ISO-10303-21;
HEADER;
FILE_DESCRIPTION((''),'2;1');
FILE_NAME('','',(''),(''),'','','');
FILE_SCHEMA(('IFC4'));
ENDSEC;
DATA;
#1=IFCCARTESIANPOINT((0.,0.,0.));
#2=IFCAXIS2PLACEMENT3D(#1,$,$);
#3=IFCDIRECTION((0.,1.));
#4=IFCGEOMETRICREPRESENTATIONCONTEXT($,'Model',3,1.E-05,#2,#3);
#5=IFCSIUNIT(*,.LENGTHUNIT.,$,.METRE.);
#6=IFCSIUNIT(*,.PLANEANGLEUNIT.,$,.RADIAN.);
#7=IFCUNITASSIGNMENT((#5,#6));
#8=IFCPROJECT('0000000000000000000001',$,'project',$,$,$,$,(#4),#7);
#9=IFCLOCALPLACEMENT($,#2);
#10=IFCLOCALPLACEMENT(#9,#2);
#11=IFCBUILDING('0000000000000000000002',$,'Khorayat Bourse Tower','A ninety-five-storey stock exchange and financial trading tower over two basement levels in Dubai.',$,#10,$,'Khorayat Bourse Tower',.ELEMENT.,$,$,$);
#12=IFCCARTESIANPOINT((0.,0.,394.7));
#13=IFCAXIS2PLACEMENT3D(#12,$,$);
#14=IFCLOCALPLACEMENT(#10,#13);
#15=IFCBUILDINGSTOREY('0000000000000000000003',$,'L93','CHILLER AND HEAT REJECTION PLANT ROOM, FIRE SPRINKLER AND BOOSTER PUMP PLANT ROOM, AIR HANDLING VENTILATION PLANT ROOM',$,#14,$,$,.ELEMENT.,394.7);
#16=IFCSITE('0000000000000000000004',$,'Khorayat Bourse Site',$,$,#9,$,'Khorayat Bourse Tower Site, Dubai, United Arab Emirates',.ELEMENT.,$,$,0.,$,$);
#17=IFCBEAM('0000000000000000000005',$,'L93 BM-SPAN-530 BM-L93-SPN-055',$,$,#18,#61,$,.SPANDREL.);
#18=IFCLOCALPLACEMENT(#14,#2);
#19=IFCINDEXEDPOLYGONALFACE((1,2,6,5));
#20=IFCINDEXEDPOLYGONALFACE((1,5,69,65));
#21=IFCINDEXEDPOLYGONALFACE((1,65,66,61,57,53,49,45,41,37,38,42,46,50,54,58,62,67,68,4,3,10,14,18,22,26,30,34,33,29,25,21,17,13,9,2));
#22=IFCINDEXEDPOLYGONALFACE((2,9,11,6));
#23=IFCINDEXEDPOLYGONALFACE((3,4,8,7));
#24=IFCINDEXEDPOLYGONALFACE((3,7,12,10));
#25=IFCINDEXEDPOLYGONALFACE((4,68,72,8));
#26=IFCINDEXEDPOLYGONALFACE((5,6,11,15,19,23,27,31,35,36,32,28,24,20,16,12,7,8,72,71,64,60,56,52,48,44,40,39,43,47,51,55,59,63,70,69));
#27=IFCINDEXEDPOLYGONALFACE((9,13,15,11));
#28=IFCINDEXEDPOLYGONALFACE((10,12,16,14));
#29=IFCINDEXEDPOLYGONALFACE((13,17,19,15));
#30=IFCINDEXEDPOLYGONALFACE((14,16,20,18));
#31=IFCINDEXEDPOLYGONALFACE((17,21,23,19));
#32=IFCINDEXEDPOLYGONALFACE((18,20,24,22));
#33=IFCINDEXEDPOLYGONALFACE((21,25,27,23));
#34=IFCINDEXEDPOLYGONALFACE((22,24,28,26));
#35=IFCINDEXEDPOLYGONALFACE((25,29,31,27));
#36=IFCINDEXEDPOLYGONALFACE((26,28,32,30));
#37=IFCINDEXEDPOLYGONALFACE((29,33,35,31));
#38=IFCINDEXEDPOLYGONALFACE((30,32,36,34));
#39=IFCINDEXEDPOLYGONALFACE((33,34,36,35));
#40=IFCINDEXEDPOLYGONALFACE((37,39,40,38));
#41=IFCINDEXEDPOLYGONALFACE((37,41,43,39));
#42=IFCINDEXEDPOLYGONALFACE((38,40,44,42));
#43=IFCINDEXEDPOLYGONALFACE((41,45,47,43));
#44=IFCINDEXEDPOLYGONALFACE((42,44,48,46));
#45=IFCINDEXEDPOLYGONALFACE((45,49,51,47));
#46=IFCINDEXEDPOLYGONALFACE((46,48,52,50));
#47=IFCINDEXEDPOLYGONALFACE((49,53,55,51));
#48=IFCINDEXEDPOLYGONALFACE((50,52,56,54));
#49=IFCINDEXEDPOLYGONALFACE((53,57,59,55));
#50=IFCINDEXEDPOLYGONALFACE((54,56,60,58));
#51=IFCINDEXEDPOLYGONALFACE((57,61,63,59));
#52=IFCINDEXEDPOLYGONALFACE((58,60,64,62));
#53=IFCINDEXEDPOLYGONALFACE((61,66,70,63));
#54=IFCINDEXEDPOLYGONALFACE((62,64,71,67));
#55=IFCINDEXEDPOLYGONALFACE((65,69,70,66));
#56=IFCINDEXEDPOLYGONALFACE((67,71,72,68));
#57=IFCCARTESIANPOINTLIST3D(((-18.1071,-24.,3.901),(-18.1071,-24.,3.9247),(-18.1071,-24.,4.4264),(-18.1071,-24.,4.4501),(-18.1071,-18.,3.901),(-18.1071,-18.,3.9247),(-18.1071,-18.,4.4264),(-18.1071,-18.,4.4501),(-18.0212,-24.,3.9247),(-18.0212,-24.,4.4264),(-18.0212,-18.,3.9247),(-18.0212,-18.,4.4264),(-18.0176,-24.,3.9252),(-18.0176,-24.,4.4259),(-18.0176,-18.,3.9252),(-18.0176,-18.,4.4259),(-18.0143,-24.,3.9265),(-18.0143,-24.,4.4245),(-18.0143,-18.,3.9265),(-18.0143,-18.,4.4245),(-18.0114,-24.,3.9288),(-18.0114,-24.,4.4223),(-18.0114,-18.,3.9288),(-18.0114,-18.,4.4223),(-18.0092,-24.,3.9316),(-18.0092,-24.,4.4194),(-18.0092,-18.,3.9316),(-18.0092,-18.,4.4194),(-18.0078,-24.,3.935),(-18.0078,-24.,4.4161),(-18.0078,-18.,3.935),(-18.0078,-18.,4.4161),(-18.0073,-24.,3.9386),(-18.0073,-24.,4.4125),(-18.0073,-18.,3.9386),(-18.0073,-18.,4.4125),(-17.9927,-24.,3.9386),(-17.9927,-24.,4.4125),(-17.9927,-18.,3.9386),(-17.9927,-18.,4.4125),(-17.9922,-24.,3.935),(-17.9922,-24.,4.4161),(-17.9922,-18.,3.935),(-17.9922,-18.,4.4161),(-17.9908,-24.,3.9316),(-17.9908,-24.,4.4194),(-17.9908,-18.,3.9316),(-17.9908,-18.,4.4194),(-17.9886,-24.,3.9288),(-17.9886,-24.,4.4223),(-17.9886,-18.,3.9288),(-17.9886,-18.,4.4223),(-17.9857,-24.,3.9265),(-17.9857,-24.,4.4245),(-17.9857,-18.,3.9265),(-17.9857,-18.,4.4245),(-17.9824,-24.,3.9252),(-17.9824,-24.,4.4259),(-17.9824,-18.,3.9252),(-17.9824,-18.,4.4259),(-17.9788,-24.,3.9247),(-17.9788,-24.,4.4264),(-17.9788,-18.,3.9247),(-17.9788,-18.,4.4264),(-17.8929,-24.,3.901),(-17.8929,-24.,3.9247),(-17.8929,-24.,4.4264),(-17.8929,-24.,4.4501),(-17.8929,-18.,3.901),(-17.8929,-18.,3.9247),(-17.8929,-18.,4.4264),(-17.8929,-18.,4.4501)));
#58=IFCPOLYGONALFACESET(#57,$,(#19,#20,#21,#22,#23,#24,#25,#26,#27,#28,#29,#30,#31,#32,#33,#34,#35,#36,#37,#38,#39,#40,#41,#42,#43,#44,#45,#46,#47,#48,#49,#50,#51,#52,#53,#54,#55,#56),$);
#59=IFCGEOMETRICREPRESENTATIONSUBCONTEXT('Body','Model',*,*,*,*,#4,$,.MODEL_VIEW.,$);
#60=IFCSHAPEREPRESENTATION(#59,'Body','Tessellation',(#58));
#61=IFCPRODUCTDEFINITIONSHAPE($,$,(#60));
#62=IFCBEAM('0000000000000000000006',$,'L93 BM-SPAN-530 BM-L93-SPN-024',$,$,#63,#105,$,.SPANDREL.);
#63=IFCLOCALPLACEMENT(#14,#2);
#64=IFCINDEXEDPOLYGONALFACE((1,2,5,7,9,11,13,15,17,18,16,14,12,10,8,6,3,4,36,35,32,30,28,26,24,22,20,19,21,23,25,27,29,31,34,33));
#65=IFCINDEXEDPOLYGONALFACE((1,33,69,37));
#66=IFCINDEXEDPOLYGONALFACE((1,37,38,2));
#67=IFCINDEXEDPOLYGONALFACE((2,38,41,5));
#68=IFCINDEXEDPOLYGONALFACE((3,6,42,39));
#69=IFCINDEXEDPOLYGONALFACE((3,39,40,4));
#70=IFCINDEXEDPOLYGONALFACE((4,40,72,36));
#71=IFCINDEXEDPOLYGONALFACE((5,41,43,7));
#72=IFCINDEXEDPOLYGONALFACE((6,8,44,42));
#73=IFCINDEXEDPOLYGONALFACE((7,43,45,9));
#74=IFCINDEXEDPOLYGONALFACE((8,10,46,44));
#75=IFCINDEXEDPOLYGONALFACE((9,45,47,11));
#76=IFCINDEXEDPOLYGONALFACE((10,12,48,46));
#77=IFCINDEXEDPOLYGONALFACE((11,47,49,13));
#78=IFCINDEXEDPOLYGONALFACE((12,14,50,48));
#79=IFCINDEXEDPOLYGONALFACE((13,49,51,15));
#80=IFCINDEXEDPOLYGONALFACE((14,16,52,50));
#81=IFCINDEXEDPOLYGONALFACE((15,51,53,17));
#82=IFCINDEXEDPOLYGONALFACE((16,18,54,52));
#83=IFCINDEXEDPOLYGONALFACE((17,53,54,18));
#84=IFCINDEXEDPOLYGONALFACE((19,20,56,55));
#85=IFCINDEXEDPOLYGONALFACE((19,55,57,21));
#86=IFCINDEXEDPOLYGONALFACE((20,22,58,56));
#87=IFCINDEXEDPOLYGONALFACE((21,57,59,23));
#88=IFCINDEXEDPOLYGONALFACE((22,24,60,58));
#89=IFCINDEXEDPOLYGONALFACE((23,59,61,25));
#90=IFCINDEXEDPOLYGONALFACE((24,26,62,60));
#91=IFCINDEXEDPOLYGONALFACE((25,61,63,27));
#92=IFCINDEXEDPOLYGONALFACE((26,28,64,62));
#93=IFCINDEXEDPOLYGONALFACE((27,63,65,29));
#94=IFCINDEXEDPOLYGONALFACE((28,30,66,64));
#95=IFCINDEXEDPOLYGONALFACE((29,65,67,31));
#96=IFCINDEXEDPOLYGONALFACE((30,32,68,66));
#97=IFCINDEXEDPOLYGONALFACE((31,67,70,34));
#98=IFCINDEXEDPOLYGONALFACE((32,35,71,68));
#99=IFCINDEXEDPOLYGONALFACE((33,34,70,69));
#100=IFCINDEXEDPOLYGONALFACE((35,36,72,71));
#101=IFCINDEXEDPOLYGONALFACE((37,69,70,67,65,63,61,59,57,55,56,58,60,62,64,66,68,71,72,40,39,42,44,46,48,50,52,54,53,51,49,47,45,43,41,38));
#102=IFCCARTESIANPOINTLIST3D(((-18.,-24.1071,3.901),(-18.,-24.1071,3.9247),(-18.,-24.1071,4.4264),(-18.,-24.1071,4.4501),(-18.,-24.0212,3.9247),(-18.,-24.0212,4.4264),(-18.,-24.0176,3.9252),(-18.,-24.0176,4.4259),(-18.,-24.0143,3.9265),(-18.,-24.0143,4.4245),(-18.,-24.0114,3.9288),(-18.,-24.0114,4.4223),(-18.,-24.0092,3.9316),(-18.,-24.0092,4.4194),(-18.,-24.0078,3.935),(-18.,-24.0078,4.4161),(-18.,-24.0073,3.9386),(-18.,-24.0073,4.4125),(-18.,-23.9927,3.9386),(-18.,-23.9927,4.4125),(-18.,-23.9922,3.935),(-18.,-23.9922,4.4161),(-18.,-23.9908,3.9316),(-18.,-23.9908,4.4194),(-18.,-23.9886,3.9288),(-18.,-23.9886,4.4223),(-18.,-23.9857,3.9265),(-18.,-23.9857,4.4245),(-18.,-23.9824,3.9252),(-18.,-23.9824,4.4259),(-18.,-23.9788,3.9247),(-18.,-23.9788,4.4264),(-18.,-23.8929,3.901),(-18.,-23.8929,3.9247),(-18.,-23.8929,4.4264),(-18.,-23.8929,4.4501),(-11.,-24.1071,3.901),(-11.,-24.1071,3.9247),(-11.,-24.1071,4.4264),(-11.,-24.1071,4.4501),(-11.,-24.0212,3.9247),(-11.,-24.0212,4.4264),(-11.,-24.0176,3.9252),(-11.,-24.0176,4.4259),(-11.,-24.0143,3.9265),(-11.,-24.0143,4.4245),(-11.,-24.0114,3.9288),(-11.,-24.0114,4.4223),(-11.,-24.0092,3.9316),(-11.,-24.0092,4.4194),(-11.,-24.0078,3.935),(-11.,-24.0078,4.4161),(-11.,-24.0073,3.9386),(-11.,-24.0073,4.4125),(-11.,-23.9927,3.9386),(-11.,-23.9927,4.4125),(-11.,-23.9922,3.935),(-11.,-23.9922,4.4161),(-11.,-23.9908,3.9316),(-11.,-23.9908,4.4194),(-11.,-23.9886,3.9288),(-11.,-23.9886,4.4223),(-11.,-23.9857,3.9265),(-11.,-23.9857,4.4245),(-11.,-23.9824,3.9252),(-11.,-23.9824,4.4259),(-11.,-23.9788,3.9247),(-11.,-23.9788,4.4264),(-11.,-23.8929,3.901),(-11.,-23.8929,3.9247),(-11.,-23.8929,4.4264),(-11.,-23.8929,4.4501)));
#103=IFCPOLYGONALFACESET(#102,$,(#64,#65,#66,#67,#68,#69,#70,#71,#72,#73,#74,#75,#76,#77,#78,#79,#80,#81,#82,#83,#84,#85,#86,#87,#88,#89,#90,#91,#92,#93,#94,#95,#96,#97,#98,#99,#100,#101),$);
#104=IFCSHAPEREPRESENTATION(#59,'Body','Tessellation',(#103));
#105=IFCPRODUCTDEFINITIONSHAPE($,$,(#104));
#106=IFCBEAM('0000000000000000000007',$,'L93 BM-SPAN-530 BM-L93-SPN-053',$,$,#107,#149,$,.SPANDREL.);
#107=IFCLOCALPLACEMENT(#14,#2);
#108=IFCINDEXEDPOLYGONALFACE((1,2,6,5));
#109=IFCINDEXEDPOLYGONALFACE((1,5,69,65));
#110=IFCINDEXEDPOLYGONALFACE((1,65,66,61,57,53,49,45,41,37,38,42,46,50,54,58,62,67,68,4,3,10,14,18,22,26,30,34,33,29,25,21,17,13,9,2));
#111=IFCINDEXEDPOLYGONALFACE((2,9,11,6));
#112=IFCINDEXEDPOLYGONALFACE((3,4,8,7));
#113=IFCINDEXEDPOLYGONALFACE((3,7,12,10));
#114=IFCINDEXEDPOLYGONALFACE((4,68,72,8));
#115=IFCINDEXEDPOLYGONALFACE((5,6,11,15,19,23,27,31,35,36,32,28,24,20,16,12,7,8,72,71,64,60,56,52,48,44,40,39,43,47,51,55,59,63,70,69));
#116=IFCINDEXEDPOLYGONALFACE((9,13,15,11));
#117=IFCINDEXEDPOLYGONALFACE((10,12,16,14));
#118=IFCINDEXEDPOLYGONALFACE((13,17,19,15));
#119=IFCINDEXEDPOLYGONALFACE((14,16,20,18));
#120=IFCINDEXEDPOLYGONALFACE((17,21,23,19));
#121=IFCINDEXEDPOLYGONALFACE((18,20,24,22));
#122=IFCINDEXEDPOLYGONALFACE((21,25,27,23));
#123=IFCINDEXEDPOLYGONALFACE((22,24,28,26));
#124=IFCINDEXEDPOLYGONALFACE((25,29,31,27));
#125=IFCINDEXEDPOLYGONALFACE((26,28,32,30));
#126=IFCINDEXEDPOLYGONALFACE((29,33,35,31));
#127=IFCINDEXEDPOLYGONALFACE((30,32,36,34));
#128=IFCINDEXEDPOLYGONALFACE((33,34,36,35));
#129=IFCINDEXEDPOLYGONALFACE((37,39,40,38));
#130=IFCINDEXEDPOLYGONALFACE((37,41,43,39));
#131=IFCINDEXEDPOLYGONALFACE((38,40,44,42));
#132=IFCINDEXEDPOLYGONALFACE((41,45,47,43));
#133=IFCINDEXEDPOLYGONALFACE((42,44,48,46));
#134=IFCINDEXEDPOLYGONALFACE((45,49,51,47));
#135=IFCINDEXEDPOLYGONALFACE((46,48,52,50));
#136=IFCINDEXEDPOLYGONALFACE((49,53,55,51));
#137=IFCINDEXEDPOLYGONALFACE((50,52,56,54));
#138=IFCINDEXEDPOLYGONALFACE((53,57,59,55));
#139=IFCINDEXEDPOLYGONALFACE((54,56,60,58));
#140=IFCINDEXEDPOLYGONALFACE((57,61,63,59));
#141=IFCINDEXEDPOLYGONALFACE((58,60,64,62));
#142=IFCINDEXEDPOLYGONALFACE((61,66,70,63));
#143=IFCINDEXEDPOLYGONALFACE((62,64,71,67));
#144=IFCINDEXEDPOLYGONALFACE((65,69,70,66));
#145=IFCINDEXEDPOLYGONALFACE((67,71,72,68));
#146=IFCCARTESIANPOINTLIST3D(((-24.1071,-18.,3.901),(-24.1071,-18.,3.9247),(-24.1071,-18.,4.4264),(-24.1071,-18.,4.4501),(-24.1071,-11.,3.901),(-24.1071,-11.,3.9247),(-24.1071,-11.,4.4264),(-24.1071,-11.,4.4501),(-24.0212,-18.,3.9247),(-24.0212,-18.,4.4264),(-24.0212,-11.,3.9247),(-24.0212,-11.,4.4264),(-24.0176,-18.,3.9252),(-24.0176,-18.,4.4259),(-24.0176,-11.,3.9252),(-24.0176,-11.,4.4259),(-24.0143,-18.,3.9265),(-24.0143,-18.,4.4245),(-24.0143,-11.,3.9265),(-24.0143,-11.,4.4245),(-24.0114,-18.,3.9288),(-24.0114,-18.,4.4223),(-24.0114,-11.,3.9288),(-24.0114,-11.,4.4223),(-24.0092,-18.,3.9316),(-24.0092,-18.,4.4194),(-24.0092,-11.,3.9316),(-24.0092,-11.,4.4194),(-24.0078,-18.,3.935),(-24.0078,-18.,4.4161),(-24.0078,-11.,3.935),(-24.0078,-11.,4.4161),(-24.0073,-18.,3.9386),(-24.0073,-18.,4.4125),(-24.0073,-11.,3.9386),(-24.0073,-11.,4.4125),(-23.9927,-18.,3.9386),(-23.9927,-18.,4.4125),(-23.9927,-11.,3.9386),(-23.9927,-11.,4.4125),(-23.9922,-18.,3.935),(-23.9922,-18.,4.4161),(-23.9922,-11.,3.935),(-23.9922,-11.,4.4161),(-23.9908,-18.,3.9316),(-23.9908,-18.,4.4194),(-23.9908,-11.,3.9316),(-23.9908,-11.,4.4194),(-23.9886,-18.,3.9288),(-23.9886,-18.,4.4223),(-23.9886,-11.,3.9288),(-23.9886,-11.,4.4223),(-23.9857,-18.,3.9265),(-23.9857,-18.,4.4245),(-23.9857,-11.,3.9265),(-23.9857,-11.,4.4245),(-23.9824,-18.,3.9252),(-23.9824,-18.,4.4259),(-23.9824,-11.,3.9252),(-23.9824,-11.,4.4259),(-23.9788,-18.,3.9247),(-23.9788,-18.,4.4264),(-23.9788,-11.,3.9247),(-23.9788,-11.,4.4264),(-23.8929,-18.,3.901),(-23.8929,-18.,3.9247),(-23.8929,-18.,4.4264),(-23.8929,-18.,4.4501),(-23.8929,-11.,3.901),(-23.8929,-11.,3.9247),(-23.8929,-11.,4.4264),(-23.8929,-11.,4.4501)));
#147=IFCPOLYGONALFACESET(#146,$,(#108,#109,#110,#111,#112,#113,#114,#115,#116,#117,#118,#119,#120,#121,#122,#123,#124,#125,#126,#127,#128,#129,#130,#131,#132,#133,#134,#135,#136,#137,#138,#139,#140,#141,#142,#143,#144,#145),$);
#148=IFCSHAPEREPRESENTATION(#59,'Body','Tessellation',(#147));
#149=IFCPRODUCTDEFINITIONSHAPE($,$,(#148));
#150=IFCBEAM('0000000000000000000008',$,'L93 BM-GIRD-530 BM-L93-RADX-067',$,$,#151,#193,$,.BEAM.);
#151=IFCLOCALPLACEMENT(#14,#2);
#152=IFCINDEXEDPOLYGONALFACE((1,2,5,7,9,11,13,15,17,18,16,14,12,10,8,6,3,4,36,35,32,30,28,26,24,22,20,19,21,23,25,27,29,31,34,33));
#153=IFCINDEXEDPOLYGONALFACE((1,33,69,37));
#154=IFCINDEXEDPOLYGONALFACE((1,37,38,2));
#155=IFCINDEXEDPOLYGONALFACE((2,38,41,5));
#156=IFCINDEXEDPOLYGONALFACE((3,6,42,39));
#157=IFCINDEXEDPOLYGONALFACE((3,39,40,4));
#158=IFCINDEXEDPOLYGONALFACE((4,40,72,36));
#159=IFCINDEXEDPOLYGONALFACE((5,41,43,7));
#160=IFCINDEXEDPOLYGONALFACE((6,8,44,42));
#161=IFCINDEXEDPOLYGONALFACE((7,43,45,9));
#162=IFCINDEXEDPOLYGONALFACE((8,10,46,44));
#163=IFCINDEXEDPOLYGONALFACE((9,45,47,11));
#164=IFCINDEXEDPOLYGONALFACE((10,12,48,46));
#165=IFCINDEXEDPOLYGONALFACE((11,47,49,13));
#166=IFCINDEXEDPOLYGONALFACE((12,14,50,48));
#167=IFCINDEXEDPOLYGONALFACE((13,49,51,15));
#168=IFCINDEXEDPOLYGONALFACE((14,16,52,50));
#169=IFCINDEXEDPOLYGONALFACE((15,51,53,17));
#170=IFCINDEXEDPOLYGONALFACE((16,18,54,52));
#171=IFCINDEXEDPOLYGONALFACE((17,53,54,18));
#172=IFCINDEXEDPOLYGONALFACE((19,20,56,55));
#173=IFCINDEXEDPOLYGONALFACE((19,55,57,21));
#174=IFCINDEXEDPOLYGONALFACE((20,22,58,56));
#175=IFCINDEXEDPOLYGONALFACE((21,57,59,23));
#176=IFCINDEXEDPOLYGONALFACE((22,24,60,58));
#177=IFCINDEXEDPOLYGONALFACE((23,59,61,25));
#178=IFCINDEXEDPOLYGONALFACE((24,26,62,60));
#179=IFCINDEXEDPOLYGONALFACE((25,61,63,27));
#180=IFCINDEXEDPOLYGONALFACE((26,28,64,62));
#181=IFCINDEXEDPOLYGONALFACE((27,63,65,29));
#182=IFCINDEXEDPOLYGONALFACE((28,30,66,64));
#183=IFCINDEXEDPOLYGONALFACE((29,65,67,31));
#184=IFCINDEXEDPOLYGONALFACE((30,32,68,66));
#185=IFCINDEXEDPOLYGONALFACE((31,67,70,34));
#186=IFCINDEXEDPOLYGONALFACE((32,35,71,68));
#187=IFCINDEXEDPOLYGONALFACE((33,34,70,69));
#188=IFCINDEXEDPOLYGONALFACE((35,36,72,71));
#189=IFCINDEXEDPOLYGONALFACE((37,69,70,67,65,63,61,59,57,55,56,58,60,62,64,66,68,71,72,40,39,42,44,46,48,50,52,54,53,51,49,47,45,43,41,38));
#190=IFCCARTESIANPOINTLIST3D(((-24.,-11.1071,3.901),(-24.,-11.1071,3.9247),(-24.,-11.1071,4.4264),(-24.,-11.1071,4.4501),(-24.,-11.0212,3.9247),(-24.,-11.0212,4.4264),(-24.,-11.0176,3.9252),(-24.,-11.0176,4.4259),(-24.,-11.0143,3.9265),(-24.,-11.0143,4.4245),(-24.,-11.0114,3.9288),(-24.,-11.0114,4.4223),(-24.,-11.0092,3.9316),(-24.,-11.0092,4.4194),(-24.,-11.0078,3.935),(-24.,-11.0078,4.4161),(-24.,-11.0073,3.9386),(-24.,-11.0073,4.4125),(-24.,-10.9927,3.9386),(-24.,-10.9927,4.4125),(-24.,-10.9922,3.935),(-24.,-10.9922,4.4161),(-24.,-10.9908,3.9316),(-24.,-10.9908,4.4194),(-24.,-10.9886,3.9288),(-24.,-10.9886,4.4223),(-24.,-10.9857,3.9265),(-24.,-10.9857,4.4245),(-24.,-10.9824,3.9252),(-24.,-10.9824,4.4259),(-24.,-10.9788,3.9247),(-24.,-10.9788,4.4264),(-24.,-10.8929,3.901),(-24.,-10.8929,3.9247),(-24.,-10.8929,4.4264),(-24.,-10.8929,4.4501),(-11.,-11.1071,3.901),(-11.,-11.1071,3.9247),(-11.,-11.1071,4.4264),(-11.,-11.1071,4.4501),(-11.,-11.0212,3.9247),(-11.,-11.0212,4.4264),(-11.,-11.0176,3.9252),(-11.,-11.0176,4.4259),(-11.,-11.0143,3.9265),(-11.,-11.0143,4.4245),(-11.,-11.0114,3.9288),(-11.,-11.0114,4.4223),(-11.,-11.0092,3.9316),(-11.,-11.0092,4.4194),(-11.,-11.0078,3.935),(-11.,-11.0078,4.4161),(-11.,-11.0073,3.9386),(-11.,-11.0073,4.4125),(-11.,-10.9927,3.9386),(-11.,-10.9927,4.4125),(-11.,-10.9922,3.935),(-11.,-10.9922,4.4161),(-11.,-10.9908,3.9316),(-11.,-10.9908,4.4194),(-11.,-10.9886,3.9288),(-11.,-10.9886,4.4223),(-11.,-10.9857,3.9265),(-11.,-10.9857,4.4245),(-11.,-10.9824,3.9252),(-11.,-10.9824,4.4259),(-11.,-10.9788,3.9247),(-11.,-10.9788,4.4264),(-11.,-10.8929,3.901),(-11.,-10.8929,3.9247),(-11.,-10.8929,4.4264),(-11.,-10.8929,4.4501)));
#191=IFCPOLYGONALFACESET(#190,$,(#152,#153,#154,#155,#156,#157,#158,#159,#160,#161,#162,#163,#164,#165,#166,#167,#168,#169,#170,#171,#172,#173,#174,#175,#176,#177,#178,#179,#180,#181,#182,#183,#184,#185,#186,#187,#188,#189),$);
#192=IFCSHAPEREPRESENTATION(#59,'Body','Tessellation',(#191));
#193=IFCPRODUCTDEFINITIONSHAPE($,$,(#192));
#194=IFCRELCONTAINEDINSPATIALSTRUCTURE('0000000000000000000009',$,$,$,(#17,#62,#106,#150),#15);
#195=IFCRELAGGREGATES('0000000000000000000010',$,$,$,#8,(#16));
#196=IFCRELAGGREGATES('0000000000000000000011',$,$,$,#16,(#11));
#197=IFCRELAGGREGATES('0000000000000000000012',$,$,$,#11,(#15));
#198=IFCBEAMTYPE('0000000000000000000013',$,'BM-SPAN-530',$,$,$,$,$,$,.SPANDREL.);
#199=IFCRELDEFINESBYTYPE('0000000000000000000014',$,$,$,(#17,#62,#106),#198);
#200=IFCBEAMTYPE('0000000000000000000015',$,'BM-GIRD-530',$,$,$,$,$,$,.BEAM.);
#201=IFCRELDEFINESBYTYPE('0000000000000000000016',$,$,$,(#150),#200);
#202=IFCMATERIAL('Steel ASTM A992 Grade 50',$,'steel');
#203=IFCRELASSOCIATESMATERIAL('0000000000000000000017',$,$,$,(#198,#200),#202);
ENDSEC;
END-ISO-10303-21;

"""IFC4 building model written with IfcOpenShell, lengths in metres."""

from ifc_helpers import new_model, si_unit, direction, frame, origin, origin_2d, place, context, subcontext, project, spatial, i_section, extrude, source, transform, mapped, material, material_profile, profile_set, type_object, element, save


model = new_model("IFC4")

# Units and contexts
model_context = context("Model", 3, precision=1e-05, world=origin(), true_north=direction((0.0, 1.0)))
body_context = subcontext(model_context, "Body", "Model", "MODEL_VIEW")
ifc_project = project(units=[si_unit("LENGTHUNIT", "METRE"), si_unit("PLANEANGLEUNIT", "RADIAN")], contexts=[model_context])

# Site, building, storey
site_placement = place(None, origin())
site = spatial("IfcSite", under=ifc_project, at=site_placement, Name="Khorayat Bourse Site", LongName="Khorayat Bourse Tower Site, Dubai, United Arab Emirates", CompositionType="ELEMENT", RefElevation=0.0)
building_placement = place(site_placement, origin())
building = spatial("IfcBuilding", under=site, at=building_placement, Name="Khorayat Bourse Tower", Description="A ninety-five-storey stock exchange and financial trading tower over two basement levels in Dubai.", LongName="Khorayat Bourse Tower", CompositionType="ELEMENT")
storey_placement = place(building_placement, frame((0.0, 0.0, 394.7)))
storey = spatial("IfcBuildingStorey", under=building, at=storey_placement, Name="L93", Description="CHILLER AND HEAT REJECTION PLANT ROOM, FIRE SPRINKLER AND BOOSTER PUMP PLANT ROOM, AIR HANDLING VENTILATION PLANT ROOM", CompositionType="ELEMENT", Elevation=394.7)

# Beams
ifc_material_1 = material(Name="Steel ASTM A992 Grade 50", Category="steel")
ifc_material_profile_1 = material_profile(ifc_material_1, i_section(OverallWidth=0.2141, OverallDepth=0.5491, WebThickness=0.0146, FlangeThickness=0.0237, FilletRadius=0.0139, at=origin_2d()), Name="W530X138")
ifc_profile_set_1 = profile_set([ifc_material_profile_1], Name="Steel ASTM A992 Grade 50")
beam_type_1 = type_object("IfcBeamType", Name="BM-SPAN-530", PredefinedType="SPANDREL", material=ifc_profile_set_1)
shared_shape_1 = source(origin(), body_context, "Body", "SweptSolid", [
    extrude(i_section(OverallWidth=0.2141, OverallDepth=0.5491, WebThickness=0.0146, FlangeThickness=0.0237, FilletRadius=0.0139, at=origin_2d()), origin(), (0.0, 0.0, 1.0), 6.0),
])
for number, where, z_axis, x_axis, name in (
    (1, (-18.0, -24.0, 4.1755), (0.0, 1.0, 0.0), (-1.0, 0.0, 0.0), "L93 BM-SPAN-530 BM-L93-SPN-055"),
):
    element("IfcBeam", number, at=place(storey_placement, frame(where, z_axis=z_axis, x_axis=x_axis)), inside=storey, type_object=beam_type_1, Name=name, PredefinedType="SPANDREL", context=body_context, shape_type="MappedRepresentation", body=[
        mapped(shared_shape_1, transform((0.0, 0.0, 0.0), scale=1.0)),
    ])
shared_shape_2 = source(origin(), body_context, "Body", "SweptSolid", [
    extrude(i_section(OverallWidth=0.2141, OverallDepth=0.5491, WebThickness=0.0146, FlangeThickness=0.0237, FilletRadius=0.0139, at=origin_2d()), origin(), (0.0, 0.0, 1.0), 7.0),
])
for number, where, z_axis, x_axis, name in (
    (2, (-18.0, -24.0, 4.1755), (1.0, 0.0, 0.0), (0.0, 1.0, 0.0), "L93 BM-SPAN-530 BM-L93-SPN-024"),
    (3, (-24.0, -18.0, 4.1755), (0.0, 1.0, 0.0), (-1.0, 0.0, 0.0), "L93 BM-SPAN-530 BM-L93-SPN-053"),
):
    element("IfcBeam", number, at=place(storey_placement, frame(where, z_axis=z_axis, x_axis=x_axis)), inside=storey, type_object=beam_type_1, Name=name, PredefinedType="SPANDREL", context=body_context, shape_type="MappedRepresentation", body=[
        mapped(shared_shape_2, transform((0.0, 0.0, 0.0), scale=1.0)),
    ])
ifc_material_profile_2 = material_profile(ifc_material_1, i_section(OverallWidth=0.2141, OverallDepth=0.5491, WebThickness=0.0146, FlangeThickness=0.0237, FilletRadius=0.0139, at=origin_2d()), Name="W530X138")
ifc_profile_set_2 = profile_set([ifc_material_profile_2], Name="Steel ASTM A992 Grade 50")
beam_type_2 = type_object("IfcBeamType", Name="BM-GIRD-530", PredefinedType="BEAM", material=ifc_profile_set_2)
shared_shape_3 = source(origin(), body_context, "Body", "SweptSolid", [
    extrude(i_section(OverallWidth=0.2141, OverallDepth=0.5491, WebThickness=0.0146, FlangeThickness=0.0237, FilletRadius=0.0139, at=origin_2d()), origin(), (0.0, 0.0, 1.0), 13.0),
])
beam_1_placement = place(storey_placement, frame((-24.0, -11.0, 4.1755), z_axis=(1.0, 0.0, 0.0), x_axis=(0.0, 1.0, 0.0)))
element("IfcBeam", 4, at=beam_1_placement, inside=storey, type_object=beam_type_2, Name="L93 BM-GIRD-530 BM-L93-RADX-067", PredefinedType="BEAM", context=body_context, shape_type="MappedRepresentation", body=[
    mapped(shared_shape_3, transform((0.0, 0.0, 0.0), scale=1.0)),
])

save(model, "model.ifc")
